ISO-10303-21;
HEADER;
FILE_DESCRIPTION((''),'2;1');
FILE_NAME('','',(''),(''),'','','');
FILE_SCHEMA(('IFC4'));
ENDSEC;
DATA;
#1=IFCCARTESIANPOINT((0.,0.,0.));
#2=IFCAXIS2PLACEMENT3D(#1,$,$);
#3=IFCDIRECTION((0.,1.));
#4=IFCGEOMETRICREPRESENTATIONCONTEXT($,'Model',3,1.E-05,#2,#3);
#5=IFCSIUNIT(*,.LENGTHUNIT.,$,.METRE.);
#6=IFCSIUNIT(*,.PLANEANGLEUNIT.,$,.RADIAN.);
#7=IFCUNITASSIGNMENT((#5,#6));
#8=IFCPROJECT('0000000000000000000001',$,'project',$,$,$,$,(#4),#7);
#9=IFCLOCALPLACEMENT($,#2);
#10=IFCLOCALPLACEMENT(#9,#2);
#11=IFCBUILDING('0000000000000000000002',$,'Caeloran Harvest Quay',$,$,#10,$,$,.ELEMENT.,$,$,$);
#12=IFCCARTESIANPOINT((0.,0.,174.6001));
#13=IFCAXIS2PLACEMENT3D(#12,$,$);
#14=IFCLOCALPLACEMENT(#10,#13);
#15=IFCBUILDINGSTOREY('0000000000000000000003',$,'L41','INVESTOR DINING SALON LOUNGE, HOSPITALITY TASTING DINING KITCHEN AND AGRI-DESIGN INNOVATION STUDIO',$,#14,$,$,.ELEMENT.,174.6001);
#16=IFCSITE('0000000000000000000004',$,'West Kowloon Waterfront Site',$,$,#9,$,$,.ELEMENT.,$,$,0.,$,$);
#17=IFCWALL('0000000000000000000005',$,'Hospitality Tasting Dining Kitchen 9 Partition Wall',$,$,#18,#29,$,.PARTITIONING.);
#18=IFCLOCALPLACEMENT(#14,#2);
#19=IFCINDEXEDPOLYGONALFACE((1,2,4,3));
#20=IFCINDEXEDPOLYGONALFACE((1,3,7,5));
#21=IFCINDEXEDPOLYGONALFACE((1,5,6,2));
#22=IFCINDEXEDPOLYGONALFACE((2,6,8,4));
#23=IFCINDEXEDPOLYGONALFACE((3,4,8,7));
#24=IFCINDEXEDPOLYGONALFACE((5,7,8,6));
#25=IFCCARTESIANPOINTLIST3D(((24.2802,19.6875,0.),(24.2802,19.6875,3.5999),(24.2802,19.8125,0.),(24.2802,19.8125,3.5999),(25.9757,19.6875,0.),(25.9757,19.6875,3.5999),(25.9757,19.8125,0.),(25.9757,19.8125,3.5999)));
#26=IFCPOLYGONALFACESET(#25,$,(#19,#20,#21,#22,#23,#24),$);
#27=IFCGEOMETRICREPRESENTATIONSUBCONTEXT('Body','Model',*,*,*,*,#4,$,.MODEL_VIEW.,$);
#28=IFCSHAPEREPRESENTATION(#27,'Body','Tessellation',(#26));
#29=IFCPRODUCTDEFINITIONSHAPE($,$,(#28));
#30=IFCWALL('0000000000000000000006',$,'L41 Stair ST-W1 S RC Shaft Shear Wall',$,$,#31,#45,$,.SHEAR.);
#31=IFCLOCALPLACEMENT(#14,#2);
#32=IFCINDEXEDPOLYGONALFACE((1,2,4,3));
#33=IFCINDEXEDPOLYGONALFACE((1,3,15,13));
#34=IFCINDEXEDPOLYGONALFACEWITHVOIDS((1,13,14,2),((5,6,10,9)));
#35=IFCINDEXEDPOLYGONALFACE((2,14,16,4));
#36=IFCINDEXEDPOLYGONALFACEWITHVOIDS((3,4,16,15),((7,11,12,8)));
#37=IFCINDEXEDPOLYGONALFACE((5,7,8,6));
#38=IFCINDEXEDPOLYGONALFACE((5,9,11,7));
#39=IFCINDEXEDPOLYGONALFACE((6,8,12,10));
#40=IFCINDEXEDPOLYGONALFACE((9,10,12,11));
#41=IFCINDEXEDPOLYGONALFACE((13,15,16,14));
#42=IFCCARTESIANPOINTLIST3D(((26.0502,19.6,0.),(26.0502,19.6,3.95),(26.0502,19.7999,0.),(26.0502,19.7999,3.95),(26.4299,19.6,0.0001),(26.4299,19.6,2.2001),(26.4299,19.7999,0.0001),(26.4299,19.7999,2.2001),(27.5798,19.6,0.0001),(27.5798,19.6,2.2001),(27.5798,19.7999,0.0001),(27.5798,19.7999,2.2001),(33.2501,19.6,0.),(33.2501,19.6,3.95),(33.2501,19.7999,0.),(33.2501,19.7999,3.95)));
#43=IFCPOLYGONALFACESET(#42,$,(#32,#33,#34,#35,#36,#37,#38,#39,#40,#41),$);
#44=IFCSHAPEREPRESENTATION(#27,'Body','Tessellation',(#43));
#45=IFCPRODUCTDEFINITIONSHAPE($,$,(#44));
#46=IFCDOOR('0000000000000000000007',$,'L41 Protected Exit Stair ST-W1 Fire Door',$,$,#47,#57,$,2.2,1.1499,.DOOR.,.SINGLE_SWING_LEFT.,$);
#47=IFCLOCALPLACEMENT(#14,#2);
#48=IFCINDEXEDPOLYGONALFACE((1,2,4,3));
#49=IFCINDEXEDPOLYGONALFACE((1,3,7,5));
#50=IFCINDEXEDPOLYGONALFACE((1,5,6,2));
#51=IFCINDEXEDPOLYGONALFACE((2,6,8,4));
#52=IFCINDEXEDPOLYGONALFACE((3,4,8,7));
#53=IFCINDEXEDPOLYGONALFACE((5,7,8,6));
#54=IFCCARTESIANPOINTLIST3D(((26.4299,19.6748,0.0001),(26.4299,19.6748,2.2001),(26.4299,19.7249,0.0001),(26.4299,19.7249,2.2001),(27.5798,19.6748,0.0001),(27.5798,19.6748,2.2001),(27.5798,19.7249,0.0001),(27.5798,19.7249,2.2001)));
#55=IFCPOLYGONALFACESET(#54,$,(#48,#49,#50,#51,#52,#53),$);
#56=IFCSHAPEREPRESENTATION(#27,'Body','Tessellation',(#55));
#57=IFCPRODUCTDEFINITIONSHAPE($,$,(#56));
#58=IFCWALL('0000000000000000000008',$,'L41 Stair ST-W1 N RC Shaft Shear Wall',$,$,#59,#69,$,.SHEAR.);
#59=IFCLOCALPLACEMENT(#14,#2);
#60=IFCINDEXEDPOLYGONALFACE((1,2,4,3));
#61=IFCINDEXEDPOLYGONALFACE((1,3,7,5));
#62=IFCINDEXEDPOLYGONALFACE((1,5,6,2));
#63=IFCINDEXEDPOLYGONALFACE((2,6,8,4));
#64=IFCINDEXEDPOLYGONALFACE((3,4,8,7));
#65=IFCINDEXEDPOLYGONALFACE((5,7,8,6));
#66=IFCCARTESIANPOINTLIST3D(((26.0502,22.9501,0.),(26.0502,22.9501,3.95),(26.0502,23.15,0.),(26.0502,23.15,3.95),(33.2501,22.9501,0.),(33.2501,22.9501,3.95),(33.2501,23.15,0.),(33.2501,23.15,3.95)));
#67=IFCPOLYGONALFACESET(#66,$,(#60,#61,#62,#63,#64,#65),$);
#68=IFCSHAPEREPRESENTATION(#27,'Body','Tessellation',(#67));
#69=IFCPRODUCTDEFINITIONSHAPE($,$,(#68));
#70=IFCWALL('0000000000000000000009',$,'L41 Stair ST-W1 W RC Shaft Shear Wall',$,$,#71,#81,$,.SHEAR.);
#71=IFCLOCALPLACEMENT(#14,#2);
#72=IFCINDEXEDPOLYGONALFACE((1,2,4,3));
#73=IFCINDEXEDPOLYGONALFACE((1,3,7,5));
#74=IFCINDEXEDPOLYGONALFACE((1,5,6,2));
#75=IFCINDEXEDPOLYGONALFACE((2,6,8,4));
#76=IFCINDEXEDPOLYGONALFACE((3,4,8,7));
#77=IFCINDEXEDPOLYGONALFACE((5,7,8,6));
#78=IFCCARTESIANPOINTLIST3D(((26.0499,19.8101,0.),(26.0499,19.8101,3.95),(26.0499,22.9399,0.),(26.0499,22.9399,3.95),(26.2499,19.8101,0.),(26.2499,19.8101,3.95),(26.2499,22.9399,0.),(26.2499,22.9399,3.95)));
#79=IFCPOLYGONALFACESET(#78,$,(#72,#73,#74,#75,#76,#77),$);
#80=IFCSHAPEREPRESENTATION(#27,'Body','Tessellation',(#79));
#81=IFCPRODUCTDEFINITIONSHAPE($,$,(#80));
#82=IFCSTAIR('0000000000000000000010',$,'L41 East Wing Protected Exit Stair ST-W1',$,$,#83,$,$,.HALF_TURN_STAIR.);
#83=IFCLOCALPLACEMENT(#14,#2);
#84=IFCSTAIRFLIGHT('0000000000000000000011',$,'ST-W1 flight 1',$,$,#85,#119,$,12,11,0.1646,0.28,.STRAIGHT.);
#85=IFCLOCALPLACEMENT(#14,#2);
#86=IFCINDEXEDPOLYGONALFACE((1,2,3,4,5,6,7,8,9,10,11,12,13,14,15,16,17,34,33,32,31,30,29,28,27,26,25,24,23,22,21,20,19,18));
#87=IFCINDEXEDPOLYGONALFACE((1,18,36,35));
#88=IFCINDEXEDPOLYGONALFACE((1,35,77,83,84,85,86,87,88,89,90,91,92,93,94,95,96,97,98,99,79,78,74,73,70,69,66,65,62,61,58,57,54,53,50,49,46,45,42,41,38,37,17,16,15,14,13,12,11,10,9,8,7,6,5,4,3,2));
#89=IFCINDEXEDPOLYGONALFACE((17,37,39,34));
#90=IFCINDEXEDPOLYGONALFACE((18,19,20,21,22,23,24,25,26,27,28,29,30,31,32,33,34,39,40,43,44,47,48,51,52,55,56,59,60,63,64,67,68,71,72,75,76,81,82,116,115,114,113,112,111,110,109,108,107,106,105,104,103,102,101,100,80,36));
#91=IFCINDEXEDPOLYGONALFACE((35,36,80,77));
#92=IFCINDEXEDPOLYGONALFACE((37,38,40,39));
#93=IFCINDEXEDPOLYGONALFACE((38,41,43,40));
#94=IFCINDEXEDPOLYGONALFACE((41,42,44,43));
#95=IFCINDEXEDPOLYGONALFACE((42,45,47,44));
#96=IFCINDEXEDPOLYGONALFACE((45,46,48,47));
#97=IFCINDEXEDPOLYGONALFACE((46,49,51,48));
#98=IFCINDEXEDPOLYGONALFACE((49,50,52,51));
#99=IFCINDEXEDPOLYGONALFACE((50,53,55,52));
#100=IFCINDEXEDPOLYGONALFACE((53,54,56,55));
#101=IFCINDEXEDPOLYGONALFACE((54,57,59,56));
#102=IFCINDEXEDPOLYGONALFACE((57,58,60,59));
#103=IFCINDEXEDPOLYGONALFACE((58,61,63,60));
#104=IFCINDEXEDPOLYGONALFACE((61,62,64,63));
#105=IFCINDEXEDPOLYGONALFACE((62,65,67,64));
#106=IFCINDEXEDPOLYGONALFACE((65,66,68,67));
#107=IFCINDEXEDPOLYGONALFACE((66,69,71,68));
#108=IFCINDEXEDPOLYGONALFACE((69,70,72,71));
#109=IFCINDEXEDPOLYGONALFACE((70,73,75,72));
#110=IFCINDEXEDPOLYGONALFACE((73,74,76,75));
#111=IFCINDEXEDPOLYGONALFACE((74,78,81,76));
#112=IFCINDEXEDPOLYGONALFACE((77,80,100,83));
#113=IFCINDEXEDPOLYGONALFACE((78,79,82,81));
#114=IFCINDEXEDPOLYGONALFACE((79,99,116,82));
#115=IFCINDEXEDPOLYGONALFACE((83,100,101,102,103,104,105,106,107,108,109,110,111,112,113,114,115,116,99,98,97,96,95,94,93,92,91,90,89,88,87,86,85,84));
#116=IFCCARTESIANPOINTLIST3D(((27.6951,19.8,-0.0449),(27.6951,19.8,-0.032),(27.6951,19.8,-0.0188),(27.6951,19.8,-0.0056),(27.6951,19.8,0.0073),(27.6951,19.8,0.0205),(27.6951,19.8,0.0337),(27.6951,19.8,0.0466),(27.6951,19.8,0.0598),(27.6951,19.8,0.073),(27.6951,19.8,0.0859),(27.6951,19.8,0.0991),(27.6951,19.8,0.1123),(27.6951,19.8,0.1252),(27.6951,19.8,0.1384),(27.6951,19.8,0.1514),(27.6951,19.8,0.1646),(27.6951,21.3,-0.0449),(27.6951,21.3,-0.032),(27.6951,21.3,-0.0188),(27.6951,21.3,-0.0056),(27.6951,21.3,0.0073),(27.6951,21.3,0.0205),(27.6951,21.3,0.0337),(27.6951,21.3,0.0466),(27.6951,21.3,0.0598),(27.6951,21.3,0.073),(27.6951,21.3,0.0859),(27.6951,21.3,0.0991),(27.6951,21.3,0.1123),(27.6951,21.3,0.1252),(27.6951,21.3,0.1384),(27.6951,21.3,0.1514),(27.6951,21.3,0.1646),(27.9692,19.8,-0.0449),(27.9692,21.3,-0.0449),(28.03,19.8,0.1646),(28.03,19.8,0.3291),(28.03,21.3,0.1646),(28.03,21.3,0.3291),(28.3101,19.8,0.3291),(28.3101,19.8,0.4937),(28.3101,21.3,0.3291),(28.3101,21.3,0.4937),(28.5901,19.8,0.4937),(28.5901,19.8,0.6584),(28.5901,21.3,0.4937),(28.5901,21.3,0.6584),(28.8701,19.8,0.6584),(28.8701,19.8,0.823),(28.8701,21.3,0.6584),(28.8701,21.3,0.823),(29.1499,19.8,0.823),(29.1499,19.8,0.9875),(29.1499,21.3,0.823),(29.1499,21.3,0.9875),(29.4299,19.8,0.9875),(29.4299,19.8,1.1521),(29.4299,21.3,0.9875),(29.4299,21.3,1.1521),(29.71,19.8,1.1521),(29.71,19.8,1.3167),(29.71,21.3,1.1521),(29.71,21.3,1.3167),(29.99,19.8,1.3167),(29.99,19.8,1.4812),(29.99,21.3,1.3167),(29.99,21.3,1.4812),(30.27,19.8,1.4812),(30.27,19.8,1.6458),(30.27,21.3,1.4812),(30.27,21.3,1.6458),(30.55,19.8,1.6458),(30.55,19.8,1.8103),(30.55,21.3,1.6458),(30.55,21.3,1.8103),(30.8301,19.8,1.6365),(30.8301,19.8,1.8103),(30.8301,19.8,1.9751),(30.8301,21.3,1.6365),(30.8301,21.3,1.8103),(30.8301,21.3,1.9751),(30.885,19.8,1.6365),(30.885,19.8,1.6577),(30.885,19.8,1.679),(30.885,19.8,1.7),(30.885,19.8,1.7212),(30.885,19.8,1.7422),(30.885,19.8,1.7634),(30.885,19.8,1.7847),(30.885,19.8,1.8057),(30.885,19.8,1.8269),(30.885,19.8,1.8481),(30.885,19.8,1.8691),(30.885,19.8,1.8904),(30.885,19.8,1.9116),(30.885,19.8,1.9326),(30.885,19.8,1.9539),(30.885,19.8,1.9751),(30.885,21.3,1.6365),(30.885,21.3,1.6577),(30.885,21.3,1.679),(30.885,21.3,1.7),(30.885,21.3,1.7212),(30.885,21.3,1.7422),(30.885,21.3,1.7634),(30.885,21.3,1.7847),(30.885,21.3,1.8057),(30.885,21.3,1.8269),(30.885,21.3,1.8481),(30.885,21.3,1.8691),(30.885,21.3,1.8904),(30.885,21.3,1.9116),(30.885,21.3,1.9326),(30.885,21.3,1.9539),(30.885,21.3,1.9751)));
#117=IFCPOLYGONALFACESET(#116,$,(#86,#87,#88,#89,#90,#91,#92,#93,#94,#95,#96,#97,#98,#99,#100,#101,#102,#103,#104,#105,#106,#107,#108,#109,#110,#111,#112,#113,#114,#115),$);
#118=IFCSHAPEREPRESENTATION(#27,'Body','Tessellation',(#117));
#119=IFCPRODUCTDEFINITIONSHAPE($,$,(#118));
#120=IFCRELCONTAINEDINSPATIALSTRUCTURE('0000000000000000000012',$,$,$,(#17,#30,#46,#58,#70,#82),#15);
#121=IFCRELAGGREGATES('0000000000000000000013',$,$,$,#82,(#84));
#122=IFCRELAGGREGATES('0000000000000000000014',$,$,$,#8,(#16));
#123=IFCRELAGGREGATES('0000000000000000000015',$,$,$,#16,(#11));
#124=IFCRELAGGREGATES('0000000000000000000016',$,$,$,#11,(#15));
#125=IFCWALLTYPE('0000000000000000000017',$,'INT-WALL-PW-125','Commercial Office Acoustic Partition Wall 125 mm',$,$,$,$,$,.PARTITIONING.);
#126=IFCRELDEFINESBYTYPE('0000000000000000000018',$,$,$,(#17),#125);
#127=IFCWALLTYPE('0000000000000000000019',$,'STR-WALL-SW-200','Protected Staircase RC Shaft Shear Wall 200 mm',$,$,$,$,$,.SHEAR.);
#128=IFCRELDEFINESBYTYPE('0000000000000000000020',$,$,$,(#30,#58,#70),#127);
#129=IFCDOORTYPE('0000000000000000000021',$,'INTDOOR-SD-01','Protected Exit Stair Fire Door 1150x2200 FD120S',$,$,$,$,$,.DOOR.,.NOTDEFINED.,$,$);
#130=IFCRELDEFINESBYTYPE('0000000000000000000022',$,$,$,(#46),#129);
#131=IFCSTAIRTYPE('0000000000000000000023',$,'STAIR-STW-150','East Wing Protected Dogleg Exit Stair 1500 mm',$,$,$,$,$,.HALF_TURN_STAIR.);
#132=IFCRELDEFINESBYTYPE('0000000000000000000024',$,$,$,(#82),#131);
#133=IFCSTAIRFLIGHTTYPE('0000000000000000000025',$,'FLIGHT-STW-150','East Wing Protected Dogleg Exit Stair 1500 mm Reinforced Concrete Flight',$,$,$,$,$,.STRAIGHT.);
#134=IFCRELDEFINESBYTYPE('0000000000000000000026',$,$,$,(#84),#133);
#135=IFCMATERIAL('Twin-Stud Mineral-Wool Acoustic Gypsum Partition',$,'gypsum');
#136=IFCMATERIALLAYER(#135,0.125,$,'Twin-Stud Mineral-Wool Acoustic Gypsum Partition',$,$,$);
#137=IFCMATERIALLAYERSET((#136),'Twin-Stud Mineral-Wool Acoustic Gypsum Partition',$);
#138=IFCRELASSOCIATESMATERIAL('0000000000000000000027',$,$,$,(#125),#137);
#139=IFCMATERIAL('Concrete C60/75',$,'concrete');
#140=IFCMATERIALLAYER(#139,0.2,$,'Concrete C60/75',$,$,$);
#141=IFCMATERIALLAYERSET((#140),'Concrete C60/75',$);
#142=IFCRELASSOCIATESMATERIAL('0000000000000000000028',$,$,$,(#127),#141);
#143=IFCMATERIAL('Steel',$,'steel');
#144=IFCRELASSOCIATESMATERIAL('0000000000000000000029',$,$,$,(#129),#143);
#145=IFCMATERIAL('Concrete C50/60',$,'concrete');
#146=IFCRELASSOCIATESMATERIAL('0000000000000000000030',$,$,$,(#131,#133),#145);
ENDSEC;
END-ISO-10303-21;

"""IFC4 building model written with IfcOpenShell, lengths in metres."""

from ifc_helpers import new_model, si_unit, direction, frame, frame_2d, origin, place, context, subcontext, project, spatial, polyline, rectangle, outline, extrude, material, layer, layer_set, type_object, element, fill, aggregate, save


model = new_model("IFC4")

# Units and contexts
model_context = context("Model", 3, precision=1e-05, world=origin(), true_north=direction((0.0, 1.0)))
body_context = subcontext(model_context, "Body", "Model", "MODEL_VIEW")
ifc_project = project(units=[si_unit("LENGTHUNIT", "METRE"), si_unit("PLANEANGLEUNIT", "RADIAN")], contexts=[model_context])

# Site, building, storey
site_placement = place(None, origin())
site = spatial("IfcSite", under=ifc_project, at=site_placement, Name="West Kowloon Waterfront Site", CompositionType="ELEMENT", RefElevation=0.0)
building_placement = place(site_placement, origin())
building = spatial("IfcBuilding", under=site, at=building_placement, Name="Caeloran Harvest Quay", CompositionType="ELEMENT")
storey_placement = place(building_placement, frame((0.0, 0.0, 174.6001)))
storey = spatial("IfcBuildingStorey", under=building, at=storey_placement, Name="L41", Description="INVESTOR DINING SALON LOUNGE, HOSPITALITY TASTING DINING KITCHEN AND AGRI-DESIGN INNOVATION STUDIO", CompositionType="ELEMENT", Elevation=174.6001)

# Wall
ifc_material_1 = material(Name="Twin-Stud Mineral-Wool Acoustic Gypsum Partition", Category="gypsum")
ifc_layer_1 = layer(ifc_material_1, 0.125, Name="Twin-Stud Mineral-Wool Acoustic Gypsum Partition")
ifc_layer_set_1 = layer_set([ifc_layer_1], Name="Twin-Stud Mineral-Wool Acoustic Gypsum Partition")
wall_type_1 = type_object("IfcWallType", Name="INT-WALL-PW-125", Description="Commercial Office Acoustic Partition Wall 125 mm", PredefinedType="PARTITIONING", material=ifc_layer_set_1)
wall_1_placement = place(storey_placement, frame((25.9756, 19.75, 0.0), z_axis=(0.0, 0.0, 1.0), x_axis=(-1.0, 0.0, 0.0)))
element("IfcWall", 1, at=wall_1_placement, inside=storey, type_object=wall_type_1, Name="Hospitality Tasting Dining Kitchen 9 Partition Wall", PredefinedType="PARTITIONING", context=body_context, shape_type="SweptSolid", body=[
    extrude(rectangle(XDim=1.6956, YDim=0.125, at=frame_2d((0.8477, 0.0))), origin(), (0.0, 0.0, 1.0), 3.5999),
])

# Wall, opening, door
ifc_material_2 = material(Name="Concrete C60/75", Category="concrete")
ifc_layer_2 = layer(ifc_material_2, 0.2, Name="Concrete C60/75")
ifc_layer_set_2 = layer_set([ifc_layer_2], Name="Concrete C60/75")
wall_type_2 = type_object("IfcWallType", Name="STR-WALL-SW-200", Description="Protected Staircase RC Shaft Shear Wall 200 mm", PredefinedType="SHEAR", material=ifc_layer_set_2)
wall_2_placement = place(storey_placement, frame((26.05, 19.7, 0.0), z_axis=(0.0, 0.0, 1.0), x_axis=(1.0, 0.0, 0.0)))
wall_2 = element("IfcWall", 2, at=wall_2_placement, inside=storey, type_object=wall_type_2, Name="L41 Stair ST-W1 S RC Shaft Shear Wall", PredefinedType="SHEAR", context=body_context, shape_type="SweptSolid", body=[
    extrude(rectangle(XDim=7.2, YDim=0.2, at=frame_2d((3.6001, 0.0))), origin(), (0.0, 0.0, 1.0), 3.95),
])
opening_placement = place(wall_2_placement, frame((0.3799, 0.0, 0.0)))
opening = element("IfcOpeningElement", 3, at=opening_placement, cuts=wall_2, PredefinedType="OPENING", context=body_context, shape_type="SweptSolid", body=[
    extrude(rectangle(XDim=1.1499, YDim=2.2, at=frame_2d((0.575, 1.1001))), frame((0.0, 0.1099, 0.0), z_axis=(0.0, -1.0, 0.0), x_axis=(1.0, 0.0, 0.0)), (0.0, 0.0, 1.0), 0.22),
])
ifc_material_3 = material(Name="Steel", Category="steel")
door_type = type_object("IfcDoorType", Name="INTDOOR-SD-01", Description="Protected Exit Stair Fire Door 1150x2200 FD120S", OperationType="NOTDEFINED", PredefinedType="DOOR", material=ifc_material_3)
door_placement = place(opening_placement, origin())
door = element("IfcDoor", 4, at=door_placement, inside=storey, type_object=door_type, Name="L41 Protected Exit Stair ST-W1 Fire Door", OperationType="SINGLE_SWING_LEFT", OverallHeight=2.2, OverallWidth=1.1499, PredefinedType="DOOR", context=body_context, shape_type="SweptSolid", body=[
    extrude(rectangle(XDim=1.1499, YDim=2.2, at=frame_2d((0.575, 1.1001))), frame((0.0, 0.0249, 0.0), z_axis=(0.0, -1.0, 0.0), x_axis=(1.0, 0.0, 0.0)), (0.0, 0.0, 1.0), 0.05),
])
fill(opening, door)

# Walls
wall_3_placement = place(storey_placement, frame((26.05, 23.05, 0.0), z_axis=(0.0, 0.0, 1.0), x_axis=(1.0, 0.0, 0.0)))
element("IfcWall", 5, at=wall_3_placement, inside=storey, type_object=wall_type_2, Name="L41 Stair ST-W1 N RC Shaft Shear Wall", PredefinedType="SHEAR", context=body_context, shape_type="SweptSolid", body=[
    extrude(rectangle(XDim=7.2, YDim=0.2, at=frame_2d((3.6001, 0.0))), origin(), (0.0, 0.0, 1.0), 3.95),
])
wall_4_placement = place(storey_placement, frame((26.1499, 19.8101, 0.0), z_axis=(0.0, 0.0, 1.0), x_axis=(0.0, 1.0, 0.0)))
element("IfcWall", 6, at=wall_4_placement, inside=storey, type_object=wall_type_2, Name="L41 Stair ST-W1 W RC Shaft Shear Wall", PredefinedType="SHEAR", context=body_context, shape_type="SweptSolid", body=[
    extrude(rectangle(XDim=3.1299, YDim=0.2, at=frame_2d((1.5649, 0.0))), origin(), (0.0, 0.0, 1.0), 3.95),
])

# Stair, stair flight
ifc_material_4 = material(Name="Concrete C50/60", Category="concrete")
stair_type = type_object("IfcStairType", Name="STAIR-STW-150", Description="East Wing Protected Dogleg Exit Stair 1500 mm", PredefinedType="HALF_TURN_STAIR", material=ifc_material_4)
stair_placement = place(storey_placement, origin())
stair = element("IfcStair", 7, at=stair_placement, inside=storey, type_object=stair_type, Name="L41 East Wing Protected Exit Stair ST-W1", PredefinedType="HALF_TURN_STAIR")
stair_flight_type = type_object("IfcStairFlightType", Name="FLIGHT-STW-150", Description="East Wing Protected Dogleg Exit Stair 1500 mm Reinforced Concrete Flight", PredefinedType="STRAIGHT", material=ifc_material_4)
stair_flight_1_placement = place(storey_placement, frame((27.75, 20.55, 0.0), z_axis=(0.0, 0.0, 1.0), x_axis=(1.0, 0.0, 0.0)))
stair_flight_1 = element("IfcStairFlight", 8, at=stair_flight_1_placement, type_object=stair_flight_type, Name="ST-W1 flight 1", NumberOfRisers=12, NumberOfTreads=11, PredefinedType="STRAIGHT", RiserHeight=0.1646, TreadLength=0.28, context=body_context, shape_type="SweptSolid", body=[
    extrude(outline(polyline([(-0.0549, -0.0449), (-0.0549, -0.032), (-0.0549, -0.0188), (-0.0549, -0.0056), (-0.0549, 0.0073), (-0.0549, 0.0205), (-0.0549, 0.0337), (-0.0549, 0.0466), (-0.0549, 0.0598), (-0.0549, 0.073), (-0.0549, 0.0859), (-0.0549, 0.0991), (-0.0549, 0.1123), (-0.0549, 0.1252), (-0.0549, 0.1384), (-0.0549, 0.1514), (-0.0549, 0.1646), (0.28, 0.1646), (0.28, 0.3291), (0.5601, 0.3291), (0.5601, 0.4937), (0.8401, 0.4937), (0.8401, 0.6584), (1.1201, 0.6584), (1.1201, 0.823), (1.3999, 0.823), (1.3999, 0.9875), (1.6799, 0.9875), (1.6799, 1.1521), (1.96, 1.1521), (1.96, 1.3167), (2.24, 1.3167), (2.24, 1.4812), (2.52, 1.4812), (2.52, 1.6458), (2.8, 1.6458), (2.8, 1.8103), (3.0801, 1.8103), (3.0801, 1.9751), (3.135, 1.9751), (3.135, 1.9539), (3.135, 1.9326), (3.135, 1.9116), (3.135, 1.8904), (3.135, 1.8691), (3.135, 1.8481), (3.135, 1.8269), (3.135, 1.8057), (3.135, 1.7847), (3.135, 1.7634), (3.135, 1.7422), (3.135, 1.7212), (3.135, 1.7), (3.135, 1.679), (3.135, 1.6577), (3.135, 1.6365), (3.0801, 1.6365), (0.2192, -0.0449), (-0.0549, -0.0449)])), frame((0.0, 0.75, 0.0), z_axis=(0.0, -1.0, 0.0), x_axis=(1.0, 0.0, 0.0)), (0.0, 0.0, 1.0), 1.5),
])
aggregate(stair, [stair_flight_1])

save(model, "model.ifc")
